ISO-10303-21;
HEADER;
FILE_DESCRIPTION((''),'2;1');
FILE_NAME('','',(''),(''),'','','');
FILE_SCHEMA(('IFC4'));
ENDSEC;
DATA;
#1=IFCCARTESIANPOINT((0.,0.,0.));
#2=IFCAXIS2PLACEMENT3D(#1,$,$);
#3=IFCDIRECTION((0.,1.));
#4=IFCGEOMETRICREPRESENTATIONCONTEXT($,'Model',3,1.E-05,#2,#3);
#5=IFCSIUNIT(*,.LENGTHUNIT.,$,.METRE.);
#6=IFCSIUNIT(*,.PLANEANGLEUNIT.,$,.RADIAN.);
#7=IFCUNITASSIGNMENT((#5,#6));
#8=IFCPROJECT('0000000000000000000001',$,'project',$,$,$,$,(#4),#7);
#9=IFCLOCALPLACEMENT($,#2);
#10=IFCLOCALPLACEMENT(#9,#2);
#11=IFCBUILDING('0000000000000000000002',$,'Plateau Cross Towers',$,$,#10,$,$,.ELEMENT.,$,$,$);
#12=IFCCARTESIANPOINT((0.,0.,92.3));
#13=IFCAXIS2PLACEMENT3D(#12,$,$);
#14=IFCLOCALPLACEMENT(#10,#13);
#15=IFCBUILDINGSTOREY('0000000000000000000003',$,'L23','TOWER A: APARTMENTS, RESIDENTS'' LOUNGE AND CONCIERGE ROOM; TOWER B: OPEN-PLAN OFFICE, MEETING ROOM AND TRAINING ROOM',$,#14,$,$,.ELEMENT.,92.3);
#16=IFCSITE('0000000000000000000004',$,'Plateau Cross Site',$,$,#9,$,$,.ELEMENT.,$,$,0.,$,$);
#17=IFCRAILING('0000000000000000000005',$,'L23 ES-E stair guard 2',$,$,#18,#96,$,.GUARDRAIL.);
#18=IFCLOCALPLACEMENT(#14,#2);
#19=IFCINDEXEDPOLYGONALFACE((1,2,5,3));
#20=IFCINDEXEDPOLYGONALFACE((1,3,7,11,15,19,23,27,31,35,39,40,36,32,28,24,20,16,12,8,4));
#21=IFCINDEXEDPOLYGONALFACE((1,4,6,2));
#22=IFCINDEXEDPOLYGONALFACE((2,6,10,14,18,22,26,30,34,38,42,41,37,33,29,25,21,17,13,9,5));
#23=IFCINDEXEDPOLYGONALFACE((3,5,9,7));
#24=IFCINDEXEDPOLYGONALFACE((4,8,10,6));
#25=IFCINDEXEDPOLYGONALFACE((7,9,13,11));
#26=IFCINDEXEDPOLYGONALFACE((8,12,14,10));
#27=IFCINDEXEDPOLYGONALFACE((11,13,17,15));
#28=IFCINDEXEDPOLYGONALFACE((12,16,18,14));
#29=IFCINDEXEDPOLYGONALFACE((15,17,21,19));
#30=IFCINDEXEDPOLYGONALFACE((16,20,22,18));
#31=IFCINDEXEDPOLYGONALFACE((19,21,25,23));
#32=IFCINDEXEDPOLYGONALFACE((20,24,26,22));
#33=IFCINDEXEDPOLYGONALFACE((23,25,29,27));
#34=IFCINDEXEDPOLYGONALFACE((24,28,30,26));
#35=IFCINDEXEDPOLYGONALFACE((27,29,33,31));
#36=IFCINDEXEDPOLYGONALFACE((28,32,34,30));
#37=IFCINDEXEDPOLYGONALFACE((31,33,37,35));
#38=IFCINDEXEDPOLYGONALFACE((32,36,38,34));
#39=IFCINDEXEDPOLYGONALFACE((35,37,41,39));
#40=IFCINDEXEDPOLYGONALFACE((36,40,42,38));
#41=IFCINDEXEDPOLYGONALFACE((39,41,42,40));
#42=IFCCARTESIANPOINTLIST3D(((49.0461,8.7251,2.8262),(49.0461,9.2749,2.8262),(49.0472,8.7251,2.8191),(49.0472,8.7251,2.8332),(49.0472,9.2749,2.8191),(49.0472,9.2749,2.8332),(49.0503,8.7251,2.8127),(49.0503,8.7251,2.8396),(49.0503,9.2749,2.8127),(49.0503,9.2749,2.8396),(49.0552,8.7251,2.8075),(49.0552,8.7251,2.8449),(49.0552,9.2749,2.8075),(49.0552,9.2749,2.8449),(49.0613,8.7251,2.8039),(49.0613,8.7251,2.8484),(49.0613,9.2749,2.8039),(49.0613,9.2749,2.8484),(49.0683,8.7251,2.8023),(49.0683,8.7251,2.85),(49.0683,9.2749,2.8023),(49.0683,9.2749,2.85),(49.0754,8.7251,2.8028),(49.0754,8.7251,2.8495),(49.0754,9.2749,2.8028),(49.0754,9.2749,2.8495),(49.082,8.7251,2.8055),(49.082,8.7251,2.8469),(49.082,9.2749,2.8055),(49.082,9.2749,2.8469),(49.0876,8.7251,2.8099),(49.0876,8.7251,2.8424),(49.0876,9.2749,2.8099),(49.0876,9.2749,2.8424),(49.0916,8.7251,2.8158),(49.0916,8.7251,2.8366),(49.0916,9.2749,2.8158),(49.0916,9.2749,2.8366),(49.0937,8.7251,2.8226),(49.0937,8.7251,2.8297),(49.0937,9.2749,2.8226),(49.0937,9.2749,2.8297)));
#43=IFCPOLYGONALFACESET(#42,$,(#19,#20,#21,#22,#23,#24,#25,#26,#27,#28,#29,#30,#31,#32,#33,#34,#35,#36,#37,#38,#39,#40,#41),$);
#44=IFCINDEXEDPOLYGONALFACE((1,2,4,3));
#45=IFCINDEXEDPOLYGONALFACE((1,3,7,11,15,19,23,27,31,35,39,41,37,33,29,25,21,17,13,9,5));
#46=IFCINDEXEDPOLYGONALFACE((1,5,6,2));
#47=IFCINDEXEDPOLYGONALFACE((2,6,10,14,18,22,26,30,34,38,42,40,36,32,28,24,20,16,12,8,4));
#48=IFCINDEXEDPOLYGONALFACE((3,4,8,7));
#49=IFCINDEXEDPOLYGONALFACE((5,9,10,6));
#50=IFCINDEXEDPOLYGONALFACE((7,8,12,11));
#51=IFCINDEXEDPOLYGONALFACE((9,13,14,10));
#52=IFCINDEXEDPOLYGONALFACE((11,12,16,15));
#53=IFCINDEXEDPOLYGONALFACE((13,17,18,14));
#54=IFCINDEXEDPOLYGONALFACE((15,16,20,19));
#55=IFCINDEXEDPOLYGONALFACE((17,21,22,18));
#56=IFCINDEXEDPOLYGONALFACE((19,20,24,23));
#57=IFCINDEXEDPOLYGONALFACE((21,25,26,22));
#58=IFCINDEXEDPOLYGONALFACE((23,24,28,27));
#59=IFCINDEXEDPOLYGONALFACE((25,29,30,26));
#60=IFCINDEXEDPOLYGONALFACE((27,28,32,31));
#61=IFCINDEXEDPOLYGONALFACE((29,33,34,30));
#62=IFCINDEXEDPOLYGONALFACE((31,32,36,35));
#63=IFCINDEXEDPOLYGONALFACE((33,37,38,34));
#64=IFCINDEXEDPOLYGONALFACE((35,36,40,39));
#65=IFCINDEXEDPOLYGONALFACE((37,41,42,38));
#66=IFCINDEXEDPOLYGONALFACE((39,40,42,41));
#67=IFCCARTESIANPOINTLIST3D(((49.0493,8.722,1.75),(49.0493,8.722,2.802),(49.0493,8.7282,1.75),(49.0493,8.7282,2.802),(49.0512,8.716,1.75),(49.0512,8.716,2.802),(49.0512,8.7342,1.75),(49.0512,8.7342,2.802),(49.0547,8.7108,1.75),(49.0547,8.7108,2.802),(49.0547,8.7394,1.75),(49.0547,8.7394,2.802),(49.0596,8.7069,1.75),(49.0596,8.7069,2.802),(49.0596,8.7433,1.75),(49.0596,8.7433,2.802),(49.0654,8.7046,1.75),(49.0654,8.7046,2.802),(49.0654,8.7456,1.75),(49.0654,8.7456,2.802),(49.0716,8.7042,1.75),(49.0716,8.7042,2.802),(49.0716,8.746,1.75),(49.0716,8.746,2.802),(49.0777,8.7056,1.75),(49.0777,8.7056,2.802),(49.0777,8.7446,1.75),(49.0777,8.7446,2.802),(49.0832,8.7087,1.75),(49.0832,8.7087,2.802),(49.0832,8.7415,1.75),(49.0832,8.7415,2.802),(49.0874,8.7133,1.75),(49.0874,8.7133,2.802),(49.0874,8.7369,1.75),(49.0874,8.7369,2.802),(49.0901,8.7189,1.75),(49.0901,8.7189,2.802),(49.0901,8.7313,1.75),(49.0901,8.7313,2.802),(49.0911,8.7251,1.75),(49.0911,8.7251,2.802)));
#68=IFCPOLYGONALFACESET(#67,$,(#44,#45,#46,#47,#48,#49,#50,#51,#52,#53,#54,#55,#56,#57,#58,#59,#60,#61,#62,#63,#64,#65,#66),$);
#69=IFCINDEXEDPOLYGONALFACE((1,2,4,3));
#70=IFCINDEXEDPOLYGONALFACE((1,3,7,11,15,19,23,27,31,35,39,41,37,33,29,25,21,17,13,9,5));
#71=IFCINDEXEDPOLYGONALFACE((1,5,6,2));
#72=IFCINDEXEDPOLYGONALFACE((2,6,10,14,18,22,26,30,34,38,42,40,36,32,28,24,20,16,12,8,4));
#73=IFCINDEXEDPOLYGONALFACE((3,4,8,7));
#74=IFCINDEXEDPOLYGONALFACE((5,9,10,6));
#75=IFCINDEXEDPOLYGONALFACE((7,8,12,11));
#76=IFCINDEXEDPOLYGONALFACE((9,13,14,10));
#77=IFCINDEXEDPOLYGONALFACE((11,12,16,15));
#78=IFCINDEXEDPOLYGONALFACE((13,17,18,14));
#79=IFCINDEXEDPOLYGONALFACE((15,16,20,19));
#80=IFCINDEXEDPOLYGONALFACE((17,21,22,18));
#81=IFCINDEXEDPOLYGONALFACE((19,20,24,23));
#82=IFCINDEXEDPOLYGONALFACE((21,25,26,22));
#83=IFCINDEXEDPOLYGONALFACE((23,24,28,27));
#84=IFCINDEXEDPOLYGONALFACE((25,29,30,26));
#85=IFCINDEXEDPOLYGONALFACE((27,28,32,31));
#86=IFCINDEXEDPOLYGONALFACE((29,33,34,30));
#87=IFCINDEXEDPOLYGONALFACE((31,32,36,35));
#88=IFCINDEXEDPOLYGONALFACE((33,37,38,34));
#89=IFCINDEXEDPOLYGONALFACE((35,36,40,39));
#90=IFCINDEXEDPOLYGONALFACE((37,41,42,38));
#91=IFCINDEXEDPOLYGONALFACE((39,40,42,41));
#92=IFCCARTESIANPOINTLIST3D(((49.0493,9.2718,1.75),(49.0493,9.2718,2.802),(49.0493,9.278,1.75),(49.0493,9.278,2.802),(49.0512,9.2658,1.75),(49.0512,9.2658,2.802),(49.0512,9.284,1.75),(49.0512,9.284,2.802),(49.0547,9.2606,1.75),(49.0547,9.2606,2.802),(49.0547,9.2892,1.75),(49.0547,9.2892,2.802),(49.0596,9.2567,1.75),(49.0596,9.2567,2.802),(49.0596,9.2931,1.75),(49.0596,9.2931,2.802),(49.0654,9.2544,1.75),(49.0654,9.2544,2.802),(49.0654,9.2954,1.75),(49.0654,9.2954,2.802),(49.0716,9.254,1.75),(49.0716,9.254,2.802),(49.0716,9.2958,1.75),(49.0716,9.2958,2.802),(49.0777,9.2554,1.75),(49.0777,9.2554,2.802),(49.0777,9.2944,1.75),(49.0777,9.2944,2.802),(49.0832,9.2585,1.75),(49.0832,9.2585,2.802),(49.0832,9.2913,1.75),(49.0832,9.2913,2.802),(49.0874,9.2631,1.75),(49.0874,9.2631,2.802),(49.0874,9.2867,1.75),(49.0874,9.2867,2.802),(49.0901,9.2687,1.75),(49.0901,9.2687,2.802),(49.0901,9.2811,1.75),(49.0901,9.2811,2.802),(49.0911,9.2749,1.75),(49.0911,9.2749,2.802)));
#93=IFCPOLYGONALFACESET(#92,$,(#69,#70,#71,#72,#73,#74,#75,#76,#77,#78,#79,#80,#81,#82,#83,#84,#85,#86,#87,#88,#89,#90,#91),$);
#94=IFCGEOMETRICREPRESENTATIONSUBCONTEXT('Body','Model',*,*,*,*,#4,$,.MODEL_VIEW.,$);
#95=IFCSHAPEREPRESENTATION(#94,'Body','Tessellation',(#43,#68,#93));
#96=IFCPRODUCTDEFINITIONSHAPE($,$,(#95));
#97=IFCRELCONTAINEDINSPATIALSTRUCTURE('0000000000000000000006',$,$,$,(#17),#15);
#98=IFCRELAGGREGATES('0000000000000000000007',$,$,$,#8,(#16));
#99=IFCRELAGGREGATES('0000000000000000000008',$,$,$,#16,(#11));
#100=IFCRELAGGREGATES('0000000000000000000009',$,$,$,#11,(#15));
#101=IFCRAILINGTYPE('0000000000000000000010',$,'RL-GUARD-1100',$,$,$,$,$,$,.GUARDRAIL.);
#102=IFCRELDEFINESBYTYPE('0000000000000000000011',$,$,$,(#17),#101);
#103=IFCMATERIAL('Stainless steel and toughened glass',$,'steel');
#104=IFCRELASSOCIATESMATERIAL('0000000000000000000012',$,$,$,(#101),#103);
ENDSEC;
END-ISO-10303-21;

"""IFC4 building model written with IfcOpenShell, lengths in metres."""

from ifc_helpers import new_model, si_unit, direction, frame, origin, origin_2d, place, context, subcontext, project, spatial, circle, extrude, material, type_object, element, save


model = new_model("IFC4")

# Units and contexts
model_context = context("Model", 3, precision=1e-05, world=origin(), true_north=direction((0.0, 1.0)))
body_context = subcontext(model_context, "Body", "Model", "MODEL_VIEW")
ifc_project = project(units=[si_unit("LENGTHUNIT", "METRE"), si_unit("PLANEANGLEUNIT", "RADIAN")], contexts=[model_context])

# Site, building, storey
site_placement = place(None, origin())
site = spatial("IfcSite", under=ifc_project, at=site_placement, Name="Plateau Cross Site", CompositionType="ELEMENT", RefElevation=0.0)
building_placement = place(site_placement, origin())
building = spatial("IfcBuilding", under=site, at=building_placement, Name="Plateau Cross Towers", CompositionType="ELEMENT")
storey_placement = place(building_placement, frame((0.0, 0.0, 92.3)))
storey = spatial("IfcBuildingStorey", under=building, at=storey_placement, Name="L23", Description="TOWER A: APARTMENTS, RESIDENTS' LOUNGE AND CONCIERGE ROOM; TOWER B: OPEN-PLAN OFFICE, MEETING ROOM AND TRAINING ROOM", CompositionType="ELEMENT", Elevation=92.3)

# Railing
ifc_material_1 = material(Name="Stainless steel and toughened glass", Category="steel")
railing_type_1 = type_object("IfcRailingType", Name="RL-GUARD-1100", PredefinedType="GUARDRAIL", material=ifc_material_1)
railing_1_placement = place(storey_placement, frame((49.0701, 8.7251, 1.75)))
element("IfcRailing", 1, at=railing_1_placement, inside=storey, type_object=railing_type_1, Name="L23 ES-E stair guard 2", PredefinedType="GUARDRAIL", context=body_context, shape_type="SweptSolid", body=[
    extrude(circle(Radius=0.0239, at=origin_2d()), frame((0.0, 0.0, 1.0762), z_axis=(0.0, 1.0, 0.0), x_axis=(-1.0, 0.0, 0.0)), (0.0, 0.0, 1.0), 0.5498),
    extrude(circle(Radius=0.021, at=origin_2d()), origin(), (0.0, 0.0, 1.0), 1.052),
    extrude(circle(Radius=0.021, at=origin_2d()), frame((0.0, 0.5498, 0.0)), (0.0, 0.0, 1.0), 1.052),
])

save(model, "model.ifc")
